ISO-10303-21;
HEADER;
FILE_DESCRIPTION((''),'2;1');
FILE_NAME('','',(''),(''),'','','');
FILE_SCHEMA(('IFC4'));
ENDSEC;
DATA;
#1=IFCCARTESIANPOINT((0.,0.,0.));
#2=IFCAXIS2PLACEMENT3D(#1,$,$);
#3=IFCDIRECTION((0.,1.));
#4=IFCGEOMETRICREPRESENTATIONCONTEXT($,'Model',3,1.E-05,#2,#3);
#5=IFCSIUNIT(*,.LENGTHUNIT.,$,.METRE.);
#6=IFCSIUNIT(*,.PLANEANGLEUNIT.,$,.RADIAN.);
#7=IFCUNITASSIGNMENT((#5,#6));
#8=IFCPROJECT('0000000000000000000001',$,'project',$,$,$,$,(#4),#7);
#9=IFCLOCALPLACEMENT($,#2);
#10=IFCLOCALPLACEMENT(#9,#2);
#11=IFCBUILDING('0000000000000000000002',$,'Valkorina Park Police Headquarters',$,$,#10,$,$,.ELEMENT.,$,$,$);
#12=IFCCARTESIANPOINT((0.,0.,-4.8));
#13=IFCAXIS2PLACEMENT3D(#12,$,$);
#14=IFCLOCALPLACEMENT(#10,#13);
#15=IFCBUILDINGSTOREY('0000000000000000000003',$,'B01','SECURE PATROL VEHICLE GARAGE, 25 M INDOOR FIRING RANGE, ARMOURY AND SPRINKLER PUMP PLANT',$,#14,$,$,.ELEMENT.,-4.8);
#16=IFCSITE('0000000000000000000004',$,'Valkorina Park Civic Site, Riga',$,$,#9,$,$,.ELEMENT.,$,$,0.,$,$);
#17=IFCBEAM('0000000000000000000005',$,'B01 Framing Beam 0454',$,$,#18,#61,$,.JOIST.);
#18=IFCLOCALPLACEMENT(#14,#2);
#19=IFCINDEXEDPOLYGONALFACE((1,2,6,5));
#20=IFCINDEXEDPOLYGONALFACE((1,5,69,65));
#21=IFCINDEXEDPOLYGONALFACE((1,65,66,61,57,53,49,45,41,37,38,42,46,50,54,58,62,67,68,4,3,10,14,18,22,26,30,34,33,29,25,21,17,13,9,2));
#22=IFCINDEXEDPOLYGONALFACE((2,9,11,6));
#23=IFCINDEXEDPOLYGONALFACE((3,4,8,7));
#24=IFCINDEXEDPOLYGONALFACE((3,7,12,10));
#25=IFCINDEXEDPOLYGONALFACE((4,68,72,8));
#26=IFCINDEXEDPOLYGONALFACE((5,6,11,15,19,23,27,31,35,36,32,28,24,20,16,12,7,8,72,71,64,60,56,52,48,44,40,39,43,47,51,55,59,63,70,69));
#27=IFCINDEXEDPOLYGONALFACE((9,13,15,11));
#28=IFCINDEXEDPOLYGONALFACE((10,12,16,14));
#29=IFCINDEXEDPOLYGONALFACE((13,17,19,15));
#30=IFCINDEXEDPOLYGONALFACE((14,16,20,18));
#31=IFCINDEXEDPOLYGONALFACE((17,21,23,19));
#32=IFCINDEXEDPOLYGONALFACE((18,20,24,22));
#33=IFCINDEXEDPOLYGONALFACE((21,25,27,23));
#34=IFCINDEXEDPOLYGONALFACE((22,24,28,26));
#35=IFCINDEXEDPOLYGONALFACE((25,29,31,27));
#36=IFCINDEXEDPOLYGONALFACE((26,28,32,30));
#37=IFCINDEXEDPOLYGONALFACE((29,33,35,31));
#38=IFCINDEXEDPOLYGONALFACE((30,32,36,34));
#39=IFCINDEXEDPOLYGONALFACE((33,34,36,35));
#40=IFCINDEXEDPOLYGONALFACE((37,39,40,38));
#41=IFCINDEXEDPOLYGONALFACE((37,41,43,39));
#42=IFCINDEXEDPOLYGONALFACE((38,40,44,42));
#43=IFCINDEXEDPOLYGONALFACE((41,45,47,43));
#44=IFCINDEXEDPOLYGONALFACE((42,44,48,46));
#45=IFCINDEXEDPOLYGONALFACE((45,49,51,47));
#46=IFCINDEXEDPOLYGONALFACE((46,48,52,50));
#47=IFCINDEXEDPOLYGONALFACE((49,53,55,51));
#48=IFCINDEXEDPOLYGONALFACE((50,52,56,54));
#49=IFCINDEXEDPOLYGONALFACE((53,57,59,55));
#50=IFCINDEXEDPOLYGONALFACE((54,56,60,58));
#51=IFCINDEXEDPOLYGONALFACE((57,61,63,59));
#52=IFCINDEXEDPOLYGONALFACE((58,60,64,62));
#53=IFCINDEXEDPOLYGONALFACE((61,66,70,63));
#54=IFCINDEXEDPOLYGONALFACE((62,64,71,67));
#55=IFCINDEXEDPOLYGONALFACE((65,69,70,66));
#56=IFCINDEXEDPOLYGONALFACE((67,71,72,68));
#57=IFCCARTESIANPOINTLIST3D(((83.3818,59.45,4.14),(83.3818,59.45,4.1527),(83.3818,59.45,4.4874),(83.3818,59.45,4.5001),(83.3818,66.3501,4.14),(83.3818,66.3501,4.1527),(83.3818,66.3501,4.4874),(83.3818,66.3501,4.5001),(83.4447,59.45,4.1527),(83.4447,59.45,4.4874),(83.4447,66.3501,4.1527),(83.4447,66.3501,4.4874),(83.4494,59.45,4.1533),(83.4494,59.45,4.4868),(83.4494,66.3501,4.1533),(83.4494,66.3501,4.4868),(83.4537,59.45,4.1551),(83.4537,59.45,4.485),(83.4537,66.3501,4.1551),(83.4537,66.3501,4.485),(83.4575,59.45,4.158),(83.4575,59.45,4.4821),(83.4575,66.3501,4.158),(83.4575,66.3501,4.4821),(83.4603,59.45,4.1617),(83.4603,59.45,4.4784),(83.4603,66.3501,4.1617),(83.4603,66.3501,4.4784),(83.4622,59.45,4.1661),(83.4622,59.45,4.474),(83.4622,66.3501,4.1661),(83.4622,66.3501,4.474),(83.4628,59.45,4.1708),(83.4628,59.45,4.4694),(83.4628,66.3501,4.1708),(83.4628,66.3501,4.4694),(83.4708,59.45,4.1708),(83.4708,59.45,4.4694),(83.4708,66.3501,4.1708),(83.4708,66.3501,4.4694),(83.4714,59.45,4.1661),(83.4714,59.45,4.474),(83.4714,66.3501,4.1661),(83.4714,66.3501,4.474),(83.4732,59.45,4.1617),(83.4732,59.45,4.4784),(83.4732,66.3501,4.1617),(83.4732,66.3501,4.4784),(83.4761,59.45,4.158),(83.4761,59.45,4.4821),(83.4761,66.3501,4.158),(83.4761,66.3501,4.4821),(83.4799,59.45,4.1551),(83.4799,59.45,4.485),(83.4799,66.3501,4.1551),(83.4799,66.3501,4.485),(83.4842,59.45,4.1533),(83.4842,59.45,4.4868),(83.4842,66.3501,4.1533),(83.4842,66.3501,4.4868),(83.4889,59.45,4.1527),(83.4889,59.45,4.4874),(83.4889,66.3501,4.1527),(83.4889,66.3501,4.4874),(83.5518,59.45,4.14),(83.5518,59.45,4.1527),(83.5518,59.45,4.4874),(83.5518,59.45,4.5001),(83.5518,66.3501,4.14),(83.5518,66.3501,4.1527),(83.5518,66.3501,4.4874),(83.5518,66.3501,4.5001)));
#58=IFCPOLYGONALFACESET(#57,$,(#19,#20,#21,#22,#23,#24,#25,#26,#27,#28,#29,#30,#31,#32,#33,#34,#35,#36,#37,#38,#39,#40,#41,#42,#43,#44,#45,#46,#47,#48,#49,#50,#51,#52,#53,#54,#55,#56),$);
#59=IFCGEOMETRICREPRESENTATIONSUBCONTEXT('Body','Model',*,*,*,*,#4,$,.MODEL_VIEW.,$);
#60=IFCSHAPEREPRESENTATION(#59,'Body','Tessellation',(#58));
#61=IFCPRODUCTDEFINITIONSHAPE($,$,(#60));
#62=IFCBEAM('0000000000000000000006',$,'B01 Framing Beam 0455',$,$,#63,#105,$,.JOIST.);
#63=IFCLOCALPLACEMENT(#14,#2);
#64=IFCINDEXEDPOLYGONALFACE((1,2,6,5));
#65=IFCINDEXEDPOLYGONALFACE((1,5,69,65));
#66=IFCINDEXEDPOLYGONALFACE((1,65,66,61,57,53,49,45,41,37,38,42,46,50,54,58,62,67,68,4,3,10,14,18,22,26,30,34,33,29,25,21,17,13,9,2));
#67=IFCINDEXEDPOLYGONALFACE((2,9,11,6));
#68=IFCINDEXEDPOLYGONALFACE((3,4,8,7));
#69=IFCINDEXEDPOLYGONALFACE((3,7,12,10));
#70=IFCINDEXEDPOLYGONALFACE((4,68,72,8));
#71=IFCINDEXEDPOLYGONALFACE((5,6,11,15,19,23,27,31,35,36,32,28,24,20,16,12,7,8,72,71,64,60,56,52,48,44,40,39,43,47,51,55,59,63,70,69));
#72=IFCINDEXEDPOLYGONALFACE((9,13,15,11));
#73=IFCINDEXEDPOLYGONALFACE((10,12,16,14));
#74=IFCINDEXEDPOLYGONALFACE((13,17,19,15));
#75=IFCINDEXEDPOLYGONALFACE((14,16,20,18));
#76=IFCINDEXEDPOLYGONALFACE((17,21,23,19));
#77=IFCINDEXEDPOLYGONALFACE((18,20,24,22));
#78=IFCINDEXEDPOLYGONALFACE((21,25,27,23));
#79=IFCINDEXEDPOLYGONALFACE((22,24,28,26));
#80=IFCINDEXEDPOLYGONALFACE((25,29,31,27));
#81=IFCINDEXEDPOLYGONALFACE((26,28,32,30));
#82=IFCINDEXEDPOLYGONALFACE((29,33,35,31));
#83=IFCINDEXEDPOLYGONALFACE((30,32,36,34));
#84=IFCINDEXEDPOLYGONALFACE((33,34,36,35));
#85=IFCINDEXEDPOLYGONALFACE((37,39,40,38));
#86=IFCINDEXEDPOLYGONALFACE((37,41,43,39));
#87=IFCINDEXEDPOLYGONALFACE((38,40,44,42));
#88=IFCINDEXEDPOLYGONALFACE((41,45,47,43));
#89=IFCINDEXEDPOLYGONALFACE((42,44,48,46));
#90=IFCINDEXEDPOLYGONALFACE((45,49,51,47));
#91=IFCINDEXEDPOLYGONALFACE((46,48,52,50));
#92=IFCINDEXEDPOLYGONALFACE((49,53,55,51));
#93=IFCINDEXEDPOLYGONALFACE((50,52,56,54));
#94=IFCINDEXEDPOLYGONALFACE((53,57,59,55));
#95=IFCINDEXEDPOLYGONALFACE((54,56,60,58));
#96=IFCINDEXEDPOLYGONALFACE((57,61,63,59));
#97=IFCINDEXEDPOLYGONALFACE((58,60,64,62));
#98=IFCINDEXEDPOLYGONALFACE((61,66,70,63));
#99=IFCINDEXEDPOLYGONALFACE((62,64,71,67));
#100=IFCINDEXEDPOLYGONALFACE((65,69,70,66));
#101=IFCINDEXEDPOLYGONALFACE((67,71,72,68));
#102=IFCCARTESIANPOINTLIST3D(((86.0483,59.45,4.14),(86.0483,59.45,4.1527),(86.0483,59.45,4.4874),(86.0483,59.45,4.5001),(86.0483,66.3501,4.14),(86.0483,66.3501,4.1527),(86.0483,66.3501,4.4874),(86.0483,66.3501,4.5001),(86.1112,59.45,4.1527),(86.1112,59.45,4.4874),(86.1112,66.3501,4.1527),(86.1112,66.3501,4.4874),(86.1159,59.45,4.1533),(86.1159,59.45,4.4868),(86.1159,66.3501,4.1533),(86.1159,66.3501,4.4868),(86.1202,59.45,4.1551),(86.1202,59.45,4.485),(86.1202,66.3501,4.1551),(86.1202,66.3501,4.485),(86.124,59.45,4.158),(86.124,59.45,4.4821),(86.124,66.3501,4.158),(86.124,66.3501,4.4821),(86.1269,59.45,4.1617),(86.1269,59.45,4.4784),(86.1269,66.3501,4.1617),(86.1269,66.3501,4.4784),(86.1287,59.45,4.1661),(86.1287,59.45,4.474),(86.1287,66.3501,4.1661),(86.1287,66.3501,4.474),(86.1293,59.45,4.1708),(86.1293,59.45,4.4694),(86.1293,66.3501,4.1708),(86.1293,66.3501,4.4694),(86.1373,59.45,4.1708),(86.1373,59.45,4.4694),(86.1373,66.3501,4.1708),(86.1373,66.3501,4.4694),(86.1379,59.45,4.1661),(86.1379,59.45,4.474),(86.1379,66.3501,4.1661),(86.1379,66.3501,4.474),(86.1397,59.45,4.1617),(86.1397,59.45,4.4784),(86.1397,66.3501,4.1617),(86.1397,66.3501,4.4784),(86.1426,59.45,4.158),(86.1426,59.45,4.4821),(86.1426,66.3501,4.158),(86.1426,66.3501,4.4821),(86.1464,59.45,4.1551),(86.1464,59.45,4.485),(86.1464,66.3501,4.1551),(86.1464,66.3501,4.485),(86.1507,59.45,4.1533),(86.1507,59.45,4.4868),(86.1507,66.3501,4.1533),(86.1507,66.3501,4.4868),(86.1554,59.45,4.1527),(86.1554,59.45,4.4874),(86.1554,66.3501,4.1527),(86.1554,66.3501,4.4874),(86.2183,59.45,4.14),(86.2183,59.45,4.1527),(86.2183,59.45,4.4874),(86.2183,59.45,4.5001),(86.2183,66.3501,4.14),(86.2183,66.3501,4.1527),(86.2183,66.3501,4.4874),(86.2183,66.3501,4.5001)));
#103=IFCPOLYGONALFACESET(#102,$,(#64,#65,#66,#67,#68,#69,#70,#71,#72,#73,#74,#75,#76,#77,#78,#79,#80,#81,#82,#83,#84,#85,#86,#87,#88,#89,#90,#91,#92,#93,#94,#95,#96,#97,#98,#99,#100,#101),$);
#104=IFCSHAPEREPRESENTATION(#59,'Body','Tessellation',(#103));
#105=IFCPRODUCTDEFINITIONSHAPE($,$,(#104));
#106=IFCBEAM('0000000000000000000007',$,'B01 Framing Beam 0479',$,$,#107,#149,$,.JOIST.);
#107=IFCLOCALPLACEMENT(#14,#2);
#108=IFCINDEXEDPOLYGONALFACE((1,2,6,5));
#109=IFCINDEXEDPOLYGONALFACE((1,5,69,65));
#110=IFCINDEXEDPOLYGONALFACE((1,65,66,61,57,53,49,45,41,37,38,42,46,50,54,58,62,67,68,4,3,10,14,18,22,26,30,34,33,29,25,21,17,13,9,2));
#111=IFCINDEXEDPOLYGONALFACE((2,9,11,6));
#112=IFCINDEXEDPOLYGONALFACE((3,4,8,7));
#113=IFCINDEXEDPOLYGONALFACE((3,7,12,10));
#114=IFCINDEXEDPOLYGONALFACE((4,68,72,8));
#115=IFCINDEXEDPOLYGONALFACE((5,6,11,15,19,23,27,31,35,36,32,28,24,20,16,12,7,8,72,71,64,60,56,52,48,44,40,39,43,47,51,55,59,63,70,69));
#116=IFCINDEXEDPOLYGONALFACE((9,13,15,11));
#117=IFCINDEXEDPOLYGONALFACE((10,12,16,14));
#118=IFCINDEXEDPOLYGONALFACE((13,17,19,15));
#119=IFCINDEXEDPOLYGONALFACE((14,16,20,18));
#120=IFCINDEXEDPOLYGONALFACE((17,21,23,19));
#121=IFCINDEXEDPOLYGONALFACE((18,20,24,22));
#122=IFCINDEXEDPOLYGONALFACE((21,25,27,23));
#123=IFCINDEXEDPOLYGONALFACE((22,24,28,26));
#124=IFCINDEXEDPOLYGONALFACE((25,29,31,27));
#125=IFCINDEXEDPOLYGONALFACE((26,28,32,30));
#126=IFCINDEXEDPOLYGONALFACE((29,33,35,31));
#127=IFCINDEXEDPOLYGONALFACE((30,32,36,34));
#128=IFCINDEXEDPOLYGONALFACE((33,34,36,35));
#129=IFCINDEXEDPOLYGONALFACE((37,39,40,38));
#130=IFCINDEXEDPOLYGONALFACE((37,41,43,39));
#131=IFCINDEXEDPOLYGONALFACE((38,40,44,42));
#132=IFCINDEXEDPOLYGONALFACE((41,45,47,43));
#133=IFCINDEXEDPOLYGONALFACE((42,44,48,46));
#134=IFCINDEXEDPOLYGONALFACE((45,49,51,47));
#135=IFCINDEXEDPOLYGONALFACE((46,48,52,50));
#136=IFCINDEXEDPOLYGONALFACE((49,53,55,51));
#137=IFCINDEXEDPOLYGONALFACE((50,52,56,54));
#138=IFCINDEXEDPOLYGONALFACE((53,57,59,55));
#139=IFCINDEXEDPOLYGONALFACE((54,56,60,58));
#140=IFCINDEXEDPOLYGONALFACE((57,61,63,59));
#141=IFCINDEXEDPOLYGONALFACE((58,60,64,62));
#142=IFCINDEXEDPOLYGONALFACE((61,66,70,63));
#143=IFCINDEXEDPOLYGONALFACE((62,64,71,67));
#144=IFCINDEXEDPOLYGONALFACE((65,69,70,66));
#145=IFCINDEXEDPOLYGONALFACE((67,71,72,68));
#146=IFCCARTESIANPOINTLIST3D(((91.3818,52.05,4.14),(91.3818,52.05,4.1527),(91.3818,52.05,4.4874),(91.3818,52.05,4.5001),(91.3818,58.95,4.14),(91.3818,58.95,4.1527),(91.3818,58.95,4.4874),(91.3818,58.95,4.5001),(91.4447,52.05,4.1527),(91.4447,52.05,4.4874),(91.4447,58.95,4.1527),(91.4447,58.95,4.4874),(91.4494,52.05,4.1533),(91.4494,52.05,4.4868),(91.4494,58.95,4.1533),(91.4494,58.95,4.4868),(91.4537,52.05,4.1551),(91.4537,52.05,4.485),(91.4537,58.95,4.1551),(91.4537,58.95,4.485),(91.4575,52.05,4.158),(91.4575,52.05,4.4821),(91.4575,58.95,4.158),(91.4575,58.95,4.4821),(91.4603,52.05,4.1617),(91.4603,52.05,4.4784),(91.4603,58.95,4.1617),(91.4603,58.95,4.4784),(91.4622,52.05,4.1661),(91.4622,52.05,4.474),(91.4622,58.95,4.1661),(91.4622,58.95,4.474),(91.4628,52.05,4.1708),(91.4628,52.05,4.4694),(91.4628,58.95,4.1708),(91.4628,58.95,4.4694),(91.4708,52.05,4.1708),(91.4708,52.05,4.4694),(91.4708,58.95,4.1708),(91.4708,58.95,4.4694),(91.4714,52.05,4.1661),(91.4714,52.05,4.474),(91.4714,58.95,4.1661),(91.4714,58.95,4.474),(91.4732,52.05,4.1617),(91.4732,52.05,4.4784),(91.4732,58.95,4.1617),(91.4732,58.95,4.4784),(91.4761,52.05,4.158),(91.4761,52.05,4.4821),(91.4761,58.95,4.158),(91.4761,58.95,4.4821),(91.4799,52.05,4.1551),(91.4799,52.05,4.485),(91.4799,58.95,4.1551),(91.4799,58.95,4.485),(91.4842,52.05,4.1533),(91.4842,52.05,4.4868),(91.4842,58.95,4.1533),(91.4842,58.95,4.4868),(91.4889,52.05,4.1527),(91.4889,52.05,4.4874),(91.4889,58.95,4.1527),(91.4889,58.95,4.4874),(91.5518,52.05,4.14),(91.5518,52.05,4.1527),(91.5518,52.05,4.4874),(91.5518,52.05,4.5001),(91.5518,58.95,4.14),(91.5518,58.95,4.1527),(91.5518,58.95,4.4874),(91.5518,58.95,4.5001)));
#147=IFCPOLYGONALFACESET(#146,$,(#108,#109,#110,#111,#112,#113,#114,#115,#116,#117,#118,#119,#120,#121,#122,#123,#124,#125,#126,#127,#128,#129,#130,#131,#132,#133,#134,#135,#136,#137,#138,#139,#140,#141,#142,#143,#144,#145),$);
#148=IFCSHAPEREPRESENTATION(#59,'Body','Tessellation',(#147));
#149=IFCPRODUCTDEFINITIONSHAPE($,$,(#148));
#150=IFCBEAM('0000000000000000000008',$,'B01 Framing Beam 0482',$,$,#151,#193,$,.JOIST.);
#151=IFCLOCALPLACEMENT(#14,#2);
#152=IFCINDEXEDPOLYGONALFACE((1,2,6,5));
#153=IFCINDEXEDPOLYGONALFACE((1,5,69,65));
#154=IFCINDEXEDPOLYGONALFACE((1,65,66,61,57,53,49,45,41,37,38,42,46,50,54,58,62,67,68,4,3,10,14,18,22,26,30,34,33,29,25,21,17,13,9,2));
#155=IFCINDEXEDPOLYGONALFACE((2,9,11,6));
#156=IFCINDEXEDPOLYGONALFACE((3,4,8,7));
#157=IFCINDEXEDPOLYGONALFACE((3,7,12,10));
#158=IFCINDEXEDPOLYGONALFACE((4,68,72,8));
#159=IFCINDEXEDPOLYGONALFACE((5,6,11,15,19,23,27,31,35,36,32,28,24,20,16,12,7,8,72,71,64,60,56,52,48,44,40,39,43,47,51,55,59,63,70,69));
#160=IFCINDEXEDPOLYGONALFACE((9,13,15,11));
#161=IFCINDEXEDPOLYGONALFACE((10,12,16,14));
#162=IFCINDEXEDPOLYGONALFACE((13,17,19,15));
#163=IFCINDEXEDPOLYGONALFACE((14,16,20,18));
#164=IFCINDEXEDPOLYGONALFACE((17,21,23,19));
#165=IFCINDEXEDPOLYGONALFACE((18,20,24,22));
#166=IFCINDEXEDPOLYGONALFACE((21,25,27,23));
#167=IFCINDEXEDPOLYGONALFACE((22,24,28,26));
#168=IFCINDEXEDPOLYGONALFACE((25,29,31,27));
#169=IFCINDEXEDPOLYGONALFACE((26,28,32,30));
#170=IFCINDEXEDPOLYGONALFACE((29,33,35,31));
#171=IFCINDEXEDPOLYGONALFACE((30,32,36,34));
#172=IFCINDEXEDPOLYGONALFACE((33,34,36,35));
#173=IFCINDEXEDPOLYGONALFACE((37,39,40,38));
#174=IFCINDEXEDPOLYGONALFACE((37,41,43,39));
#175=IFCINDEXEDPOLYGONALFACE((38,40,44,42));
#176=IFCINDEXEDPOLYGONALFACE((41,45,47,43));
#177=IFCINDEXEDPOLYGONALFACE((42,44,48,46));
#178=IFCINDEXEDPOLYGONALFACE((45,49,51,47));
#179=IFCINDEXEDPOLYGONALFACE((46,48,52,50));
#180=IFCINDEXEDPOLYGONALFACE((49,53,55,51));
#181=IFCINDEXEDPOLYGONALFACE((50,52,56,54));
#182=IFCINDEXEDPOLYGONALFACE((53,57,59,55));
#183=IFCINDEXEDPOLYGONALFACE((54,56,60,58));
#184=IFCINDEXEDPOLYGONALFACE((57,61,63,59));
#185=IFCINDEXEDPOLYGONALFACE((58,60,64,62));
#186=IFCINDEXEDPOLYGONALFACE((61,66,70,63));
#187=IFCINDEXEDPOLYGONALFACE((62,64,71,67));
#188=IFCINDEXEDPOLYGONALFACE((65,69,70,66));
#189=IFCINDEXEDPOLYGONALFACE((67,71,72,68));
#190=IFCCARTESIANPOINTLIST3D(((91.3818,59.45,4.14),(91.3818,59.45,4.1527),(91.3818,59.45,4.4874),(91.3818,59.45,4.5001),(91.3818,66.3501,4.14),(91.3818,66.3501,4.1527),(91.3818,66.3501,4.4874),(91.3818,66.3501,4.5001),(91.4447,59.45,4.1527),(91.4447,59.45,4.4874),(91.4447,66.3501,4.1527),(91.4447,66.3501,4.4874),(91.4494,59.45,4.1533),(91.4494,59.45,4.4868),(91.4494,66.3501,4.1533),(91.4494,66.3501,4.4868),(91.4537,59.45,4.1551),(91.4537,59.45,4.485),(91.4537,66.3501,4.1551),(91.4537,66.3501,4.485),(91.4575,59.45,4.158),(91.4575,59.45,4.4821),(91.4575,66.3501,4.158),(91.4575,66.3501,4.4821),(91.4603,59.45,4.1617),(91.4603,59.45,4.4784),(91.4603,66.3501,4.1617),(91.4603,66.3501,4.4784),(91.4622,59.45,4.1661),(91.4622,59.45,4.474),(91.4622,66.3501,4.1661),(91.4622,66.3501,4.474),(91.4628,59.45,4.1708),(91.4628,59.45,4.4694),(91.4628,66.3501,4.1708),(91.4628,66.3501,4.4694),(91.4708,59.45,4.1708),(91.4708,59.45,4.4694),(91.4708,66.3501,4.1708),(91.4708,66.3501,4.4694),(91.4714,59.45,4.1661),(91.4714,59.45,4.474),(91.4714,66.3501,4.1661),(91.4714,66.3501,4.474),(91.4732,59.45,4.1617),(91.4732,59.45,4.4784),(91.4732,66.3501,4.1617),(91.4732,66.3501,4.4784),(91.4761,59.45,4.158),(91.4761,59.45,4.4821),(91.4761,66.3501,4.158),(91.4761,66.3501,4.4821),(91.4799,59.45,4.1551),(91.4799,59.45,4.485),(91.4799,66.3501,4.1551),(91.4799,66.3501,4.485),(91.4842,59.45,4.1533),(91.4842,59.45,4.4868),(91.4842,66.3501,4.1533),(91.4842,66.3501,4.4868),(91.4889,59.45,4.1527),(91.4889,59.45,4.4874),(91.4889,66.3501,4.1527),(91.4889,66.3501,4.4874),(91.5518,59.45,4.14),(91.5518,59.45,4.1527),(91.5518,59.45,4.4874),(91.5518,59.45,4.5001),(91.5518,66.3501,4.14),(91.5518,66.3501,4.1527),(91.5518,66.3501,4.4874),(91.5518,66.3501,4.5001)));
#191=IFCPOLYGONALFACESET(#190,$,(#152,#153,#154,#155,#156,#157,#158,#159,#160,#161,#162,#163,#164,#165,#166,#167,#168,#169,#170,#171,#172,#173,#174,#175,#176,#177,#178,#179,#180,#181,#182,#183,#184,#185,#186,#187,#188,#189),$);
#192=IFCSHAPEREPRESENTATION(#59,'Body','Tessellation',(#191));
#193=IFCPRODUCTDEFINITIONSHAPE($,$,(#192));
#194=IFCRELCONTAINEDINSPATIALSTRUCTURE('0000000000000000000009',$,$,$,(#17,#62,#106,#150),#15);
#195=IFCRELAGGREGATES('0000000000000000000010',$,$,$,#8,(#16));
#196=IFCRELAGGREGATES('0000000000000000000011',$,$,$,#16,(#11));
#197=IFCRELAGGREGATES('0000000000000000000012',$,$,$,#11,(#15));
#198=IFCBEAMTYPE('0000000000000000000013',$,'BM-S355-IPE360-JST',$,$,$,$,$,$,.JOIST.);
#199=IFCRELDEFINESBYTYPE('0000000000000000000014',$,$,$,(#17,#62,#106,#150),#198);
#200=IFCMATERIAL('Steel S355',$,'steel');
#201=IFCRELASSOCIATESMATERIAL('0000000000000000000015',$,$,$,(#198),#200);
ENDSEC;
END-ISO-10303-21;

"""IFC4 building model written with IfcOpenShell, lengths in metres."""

from ifc_helpers import new_model, si_unit, direction, frame, origin, origin_2d, place, context, subcontext, project, spatial, i_section, extrude, material, material_profile, profile_set, type_object, element, save


model = new_model("IFC4")

# Units and contexts
model_context = context("Model", 3, precision=1e-05, world=origin(), true_north=direction((0.0, 1.0)))
body_context = subcontext(model_context, "Body", "Model", "MODEL_VIEW")
ifc_project = project(units=[si_unit("LENGTHUNIT", "METRE"), si_unit("PLANEANGLEUNIT", "RADIAN")], contexts=[model_context])

# Site, building, storey
site_placement = place(None, origin())
site = spatial("IfcSite", under=ifc_project, at=site_placement, Name="Valkorina Park Civic Site, Riga", CompositionType="ELEMENT", RefElevation=0.0)
building_placement = place(site_placement, origin())
building = spatial("IfcBuilding", under=site, at=building_placement, Name="Valkorina Park Police Headquarters", CompositionType="ELEMENT")
storey_placement = place(building_placement, frame((0.0, 0.0, -4.8)))
storey = spatial("IfcBuildingStorey", under=building, at=storey_placement, Name="B01", Description="SECURE PATROL VEHICLE GARAGE, 25 M INDOOR FIRING RANGE, ARMOURY AND SPRINKLER PUMP PLANT", CompositionType="ELEMENT", Elevation=-4.8)

# Beams
ifc_material_1 = material(Name="Steel S355", Category="steel")
ifc_material_profile_1 = material_profile(ifc_material_1, i_section(OverallWidth=0.1699, OverallDepth=0.3601, WebThickness=0.0081, FlangeThickness=0.0127, FilletRadius=0.0181, at=origin_2d()), Name="IPE 360")
ifc_profile_set_1 = profile_set([ifc_material_profile_1], Name="Steel S355")
beam_type_1 = type_object("IfcBeamType", Name="BM-S355-IPE360-JST", PredefinedType="JOIST", material=ifc_profile_set_1)
for number, where, z_axis, x_axis, name in (
    (1, (83.4668, 59.45, 4.3201), (0.0, 1.0, 0.0), (-1.0, 0.0, 0.0), "B01 Framing Beam 0454"),
    (2, (86.1333, 59.45, 4.3201), (0.0, 1.0, 0.0), (-1.0, 0.0, 0.0), "B01 Framing Beam 0455"),
):
    element("IfcBeam", number, at=place(storey_placement, frame(where, z_axis=z_axis, x_axis=x_axis)), inside=storey, type_object=beam_type_1, Name=name, PredefinedType="JOIST", context=body_context, shape_type="SweptSolid", body=[
        extrude(i_section(OverallWidth=0.1699, OverallDepth=0.3601, WebThickness=0.0081, FlangeThickness=0.0127, FilletRadius=0.0181, at=origin_2d()), origin(), (0.0, 0.0, 1.0), 6.9001),
    ])
beam_1_placement = place(storey_placement, frame((91.4668, 52.05, 4.3201), z_axis=(0.0, 1.0, 0.0), x_axis=(-1.0, 0.0, 0.0)))
element("IfcBeam", 3, at=beam_1_placement, inside=storey, type_object=beam_type_1, Name="B01 Framing Beam 0479", PredefinedType="JOIST", context=body_context, shape_type="SweptSolid", body=[
    extrude(i_section(OverallWidth=0.1699, OverallDepth=0.3601, WebThickness=0.0081, FlangeThickness=0.0127, FilletRadius=0.0181, at=origin_2d()), origin(), (0.0, 0.0, 1.0), 6.8999),
])
beam_2_placement = place(storey_placement, frame((91.4668, 59.45, 4.3201), z_axis=(0.0, 1.0, 0.0), x_axis=(-1.0, 0.0, 0.0)))
element("IfcBeam", 4, at=beam_2_placement, inside=storey, type_object=beam_type_1, Name="B01 Framing Beam 0482", PredefinedType="JOIST", context=body_context, shape_type="SweptSolid", body=[
    extrude(i_section(OverallWidth=0.1699, OverallDepth=0.3601, WebThickness=0.0081, FlangeThickness=0.0127, FilletRadius=0.0181, at=origin_2d()), origin(), (0.0, 0.0, 1.0), 6.9001),
])

save(model, "model.ifc")
